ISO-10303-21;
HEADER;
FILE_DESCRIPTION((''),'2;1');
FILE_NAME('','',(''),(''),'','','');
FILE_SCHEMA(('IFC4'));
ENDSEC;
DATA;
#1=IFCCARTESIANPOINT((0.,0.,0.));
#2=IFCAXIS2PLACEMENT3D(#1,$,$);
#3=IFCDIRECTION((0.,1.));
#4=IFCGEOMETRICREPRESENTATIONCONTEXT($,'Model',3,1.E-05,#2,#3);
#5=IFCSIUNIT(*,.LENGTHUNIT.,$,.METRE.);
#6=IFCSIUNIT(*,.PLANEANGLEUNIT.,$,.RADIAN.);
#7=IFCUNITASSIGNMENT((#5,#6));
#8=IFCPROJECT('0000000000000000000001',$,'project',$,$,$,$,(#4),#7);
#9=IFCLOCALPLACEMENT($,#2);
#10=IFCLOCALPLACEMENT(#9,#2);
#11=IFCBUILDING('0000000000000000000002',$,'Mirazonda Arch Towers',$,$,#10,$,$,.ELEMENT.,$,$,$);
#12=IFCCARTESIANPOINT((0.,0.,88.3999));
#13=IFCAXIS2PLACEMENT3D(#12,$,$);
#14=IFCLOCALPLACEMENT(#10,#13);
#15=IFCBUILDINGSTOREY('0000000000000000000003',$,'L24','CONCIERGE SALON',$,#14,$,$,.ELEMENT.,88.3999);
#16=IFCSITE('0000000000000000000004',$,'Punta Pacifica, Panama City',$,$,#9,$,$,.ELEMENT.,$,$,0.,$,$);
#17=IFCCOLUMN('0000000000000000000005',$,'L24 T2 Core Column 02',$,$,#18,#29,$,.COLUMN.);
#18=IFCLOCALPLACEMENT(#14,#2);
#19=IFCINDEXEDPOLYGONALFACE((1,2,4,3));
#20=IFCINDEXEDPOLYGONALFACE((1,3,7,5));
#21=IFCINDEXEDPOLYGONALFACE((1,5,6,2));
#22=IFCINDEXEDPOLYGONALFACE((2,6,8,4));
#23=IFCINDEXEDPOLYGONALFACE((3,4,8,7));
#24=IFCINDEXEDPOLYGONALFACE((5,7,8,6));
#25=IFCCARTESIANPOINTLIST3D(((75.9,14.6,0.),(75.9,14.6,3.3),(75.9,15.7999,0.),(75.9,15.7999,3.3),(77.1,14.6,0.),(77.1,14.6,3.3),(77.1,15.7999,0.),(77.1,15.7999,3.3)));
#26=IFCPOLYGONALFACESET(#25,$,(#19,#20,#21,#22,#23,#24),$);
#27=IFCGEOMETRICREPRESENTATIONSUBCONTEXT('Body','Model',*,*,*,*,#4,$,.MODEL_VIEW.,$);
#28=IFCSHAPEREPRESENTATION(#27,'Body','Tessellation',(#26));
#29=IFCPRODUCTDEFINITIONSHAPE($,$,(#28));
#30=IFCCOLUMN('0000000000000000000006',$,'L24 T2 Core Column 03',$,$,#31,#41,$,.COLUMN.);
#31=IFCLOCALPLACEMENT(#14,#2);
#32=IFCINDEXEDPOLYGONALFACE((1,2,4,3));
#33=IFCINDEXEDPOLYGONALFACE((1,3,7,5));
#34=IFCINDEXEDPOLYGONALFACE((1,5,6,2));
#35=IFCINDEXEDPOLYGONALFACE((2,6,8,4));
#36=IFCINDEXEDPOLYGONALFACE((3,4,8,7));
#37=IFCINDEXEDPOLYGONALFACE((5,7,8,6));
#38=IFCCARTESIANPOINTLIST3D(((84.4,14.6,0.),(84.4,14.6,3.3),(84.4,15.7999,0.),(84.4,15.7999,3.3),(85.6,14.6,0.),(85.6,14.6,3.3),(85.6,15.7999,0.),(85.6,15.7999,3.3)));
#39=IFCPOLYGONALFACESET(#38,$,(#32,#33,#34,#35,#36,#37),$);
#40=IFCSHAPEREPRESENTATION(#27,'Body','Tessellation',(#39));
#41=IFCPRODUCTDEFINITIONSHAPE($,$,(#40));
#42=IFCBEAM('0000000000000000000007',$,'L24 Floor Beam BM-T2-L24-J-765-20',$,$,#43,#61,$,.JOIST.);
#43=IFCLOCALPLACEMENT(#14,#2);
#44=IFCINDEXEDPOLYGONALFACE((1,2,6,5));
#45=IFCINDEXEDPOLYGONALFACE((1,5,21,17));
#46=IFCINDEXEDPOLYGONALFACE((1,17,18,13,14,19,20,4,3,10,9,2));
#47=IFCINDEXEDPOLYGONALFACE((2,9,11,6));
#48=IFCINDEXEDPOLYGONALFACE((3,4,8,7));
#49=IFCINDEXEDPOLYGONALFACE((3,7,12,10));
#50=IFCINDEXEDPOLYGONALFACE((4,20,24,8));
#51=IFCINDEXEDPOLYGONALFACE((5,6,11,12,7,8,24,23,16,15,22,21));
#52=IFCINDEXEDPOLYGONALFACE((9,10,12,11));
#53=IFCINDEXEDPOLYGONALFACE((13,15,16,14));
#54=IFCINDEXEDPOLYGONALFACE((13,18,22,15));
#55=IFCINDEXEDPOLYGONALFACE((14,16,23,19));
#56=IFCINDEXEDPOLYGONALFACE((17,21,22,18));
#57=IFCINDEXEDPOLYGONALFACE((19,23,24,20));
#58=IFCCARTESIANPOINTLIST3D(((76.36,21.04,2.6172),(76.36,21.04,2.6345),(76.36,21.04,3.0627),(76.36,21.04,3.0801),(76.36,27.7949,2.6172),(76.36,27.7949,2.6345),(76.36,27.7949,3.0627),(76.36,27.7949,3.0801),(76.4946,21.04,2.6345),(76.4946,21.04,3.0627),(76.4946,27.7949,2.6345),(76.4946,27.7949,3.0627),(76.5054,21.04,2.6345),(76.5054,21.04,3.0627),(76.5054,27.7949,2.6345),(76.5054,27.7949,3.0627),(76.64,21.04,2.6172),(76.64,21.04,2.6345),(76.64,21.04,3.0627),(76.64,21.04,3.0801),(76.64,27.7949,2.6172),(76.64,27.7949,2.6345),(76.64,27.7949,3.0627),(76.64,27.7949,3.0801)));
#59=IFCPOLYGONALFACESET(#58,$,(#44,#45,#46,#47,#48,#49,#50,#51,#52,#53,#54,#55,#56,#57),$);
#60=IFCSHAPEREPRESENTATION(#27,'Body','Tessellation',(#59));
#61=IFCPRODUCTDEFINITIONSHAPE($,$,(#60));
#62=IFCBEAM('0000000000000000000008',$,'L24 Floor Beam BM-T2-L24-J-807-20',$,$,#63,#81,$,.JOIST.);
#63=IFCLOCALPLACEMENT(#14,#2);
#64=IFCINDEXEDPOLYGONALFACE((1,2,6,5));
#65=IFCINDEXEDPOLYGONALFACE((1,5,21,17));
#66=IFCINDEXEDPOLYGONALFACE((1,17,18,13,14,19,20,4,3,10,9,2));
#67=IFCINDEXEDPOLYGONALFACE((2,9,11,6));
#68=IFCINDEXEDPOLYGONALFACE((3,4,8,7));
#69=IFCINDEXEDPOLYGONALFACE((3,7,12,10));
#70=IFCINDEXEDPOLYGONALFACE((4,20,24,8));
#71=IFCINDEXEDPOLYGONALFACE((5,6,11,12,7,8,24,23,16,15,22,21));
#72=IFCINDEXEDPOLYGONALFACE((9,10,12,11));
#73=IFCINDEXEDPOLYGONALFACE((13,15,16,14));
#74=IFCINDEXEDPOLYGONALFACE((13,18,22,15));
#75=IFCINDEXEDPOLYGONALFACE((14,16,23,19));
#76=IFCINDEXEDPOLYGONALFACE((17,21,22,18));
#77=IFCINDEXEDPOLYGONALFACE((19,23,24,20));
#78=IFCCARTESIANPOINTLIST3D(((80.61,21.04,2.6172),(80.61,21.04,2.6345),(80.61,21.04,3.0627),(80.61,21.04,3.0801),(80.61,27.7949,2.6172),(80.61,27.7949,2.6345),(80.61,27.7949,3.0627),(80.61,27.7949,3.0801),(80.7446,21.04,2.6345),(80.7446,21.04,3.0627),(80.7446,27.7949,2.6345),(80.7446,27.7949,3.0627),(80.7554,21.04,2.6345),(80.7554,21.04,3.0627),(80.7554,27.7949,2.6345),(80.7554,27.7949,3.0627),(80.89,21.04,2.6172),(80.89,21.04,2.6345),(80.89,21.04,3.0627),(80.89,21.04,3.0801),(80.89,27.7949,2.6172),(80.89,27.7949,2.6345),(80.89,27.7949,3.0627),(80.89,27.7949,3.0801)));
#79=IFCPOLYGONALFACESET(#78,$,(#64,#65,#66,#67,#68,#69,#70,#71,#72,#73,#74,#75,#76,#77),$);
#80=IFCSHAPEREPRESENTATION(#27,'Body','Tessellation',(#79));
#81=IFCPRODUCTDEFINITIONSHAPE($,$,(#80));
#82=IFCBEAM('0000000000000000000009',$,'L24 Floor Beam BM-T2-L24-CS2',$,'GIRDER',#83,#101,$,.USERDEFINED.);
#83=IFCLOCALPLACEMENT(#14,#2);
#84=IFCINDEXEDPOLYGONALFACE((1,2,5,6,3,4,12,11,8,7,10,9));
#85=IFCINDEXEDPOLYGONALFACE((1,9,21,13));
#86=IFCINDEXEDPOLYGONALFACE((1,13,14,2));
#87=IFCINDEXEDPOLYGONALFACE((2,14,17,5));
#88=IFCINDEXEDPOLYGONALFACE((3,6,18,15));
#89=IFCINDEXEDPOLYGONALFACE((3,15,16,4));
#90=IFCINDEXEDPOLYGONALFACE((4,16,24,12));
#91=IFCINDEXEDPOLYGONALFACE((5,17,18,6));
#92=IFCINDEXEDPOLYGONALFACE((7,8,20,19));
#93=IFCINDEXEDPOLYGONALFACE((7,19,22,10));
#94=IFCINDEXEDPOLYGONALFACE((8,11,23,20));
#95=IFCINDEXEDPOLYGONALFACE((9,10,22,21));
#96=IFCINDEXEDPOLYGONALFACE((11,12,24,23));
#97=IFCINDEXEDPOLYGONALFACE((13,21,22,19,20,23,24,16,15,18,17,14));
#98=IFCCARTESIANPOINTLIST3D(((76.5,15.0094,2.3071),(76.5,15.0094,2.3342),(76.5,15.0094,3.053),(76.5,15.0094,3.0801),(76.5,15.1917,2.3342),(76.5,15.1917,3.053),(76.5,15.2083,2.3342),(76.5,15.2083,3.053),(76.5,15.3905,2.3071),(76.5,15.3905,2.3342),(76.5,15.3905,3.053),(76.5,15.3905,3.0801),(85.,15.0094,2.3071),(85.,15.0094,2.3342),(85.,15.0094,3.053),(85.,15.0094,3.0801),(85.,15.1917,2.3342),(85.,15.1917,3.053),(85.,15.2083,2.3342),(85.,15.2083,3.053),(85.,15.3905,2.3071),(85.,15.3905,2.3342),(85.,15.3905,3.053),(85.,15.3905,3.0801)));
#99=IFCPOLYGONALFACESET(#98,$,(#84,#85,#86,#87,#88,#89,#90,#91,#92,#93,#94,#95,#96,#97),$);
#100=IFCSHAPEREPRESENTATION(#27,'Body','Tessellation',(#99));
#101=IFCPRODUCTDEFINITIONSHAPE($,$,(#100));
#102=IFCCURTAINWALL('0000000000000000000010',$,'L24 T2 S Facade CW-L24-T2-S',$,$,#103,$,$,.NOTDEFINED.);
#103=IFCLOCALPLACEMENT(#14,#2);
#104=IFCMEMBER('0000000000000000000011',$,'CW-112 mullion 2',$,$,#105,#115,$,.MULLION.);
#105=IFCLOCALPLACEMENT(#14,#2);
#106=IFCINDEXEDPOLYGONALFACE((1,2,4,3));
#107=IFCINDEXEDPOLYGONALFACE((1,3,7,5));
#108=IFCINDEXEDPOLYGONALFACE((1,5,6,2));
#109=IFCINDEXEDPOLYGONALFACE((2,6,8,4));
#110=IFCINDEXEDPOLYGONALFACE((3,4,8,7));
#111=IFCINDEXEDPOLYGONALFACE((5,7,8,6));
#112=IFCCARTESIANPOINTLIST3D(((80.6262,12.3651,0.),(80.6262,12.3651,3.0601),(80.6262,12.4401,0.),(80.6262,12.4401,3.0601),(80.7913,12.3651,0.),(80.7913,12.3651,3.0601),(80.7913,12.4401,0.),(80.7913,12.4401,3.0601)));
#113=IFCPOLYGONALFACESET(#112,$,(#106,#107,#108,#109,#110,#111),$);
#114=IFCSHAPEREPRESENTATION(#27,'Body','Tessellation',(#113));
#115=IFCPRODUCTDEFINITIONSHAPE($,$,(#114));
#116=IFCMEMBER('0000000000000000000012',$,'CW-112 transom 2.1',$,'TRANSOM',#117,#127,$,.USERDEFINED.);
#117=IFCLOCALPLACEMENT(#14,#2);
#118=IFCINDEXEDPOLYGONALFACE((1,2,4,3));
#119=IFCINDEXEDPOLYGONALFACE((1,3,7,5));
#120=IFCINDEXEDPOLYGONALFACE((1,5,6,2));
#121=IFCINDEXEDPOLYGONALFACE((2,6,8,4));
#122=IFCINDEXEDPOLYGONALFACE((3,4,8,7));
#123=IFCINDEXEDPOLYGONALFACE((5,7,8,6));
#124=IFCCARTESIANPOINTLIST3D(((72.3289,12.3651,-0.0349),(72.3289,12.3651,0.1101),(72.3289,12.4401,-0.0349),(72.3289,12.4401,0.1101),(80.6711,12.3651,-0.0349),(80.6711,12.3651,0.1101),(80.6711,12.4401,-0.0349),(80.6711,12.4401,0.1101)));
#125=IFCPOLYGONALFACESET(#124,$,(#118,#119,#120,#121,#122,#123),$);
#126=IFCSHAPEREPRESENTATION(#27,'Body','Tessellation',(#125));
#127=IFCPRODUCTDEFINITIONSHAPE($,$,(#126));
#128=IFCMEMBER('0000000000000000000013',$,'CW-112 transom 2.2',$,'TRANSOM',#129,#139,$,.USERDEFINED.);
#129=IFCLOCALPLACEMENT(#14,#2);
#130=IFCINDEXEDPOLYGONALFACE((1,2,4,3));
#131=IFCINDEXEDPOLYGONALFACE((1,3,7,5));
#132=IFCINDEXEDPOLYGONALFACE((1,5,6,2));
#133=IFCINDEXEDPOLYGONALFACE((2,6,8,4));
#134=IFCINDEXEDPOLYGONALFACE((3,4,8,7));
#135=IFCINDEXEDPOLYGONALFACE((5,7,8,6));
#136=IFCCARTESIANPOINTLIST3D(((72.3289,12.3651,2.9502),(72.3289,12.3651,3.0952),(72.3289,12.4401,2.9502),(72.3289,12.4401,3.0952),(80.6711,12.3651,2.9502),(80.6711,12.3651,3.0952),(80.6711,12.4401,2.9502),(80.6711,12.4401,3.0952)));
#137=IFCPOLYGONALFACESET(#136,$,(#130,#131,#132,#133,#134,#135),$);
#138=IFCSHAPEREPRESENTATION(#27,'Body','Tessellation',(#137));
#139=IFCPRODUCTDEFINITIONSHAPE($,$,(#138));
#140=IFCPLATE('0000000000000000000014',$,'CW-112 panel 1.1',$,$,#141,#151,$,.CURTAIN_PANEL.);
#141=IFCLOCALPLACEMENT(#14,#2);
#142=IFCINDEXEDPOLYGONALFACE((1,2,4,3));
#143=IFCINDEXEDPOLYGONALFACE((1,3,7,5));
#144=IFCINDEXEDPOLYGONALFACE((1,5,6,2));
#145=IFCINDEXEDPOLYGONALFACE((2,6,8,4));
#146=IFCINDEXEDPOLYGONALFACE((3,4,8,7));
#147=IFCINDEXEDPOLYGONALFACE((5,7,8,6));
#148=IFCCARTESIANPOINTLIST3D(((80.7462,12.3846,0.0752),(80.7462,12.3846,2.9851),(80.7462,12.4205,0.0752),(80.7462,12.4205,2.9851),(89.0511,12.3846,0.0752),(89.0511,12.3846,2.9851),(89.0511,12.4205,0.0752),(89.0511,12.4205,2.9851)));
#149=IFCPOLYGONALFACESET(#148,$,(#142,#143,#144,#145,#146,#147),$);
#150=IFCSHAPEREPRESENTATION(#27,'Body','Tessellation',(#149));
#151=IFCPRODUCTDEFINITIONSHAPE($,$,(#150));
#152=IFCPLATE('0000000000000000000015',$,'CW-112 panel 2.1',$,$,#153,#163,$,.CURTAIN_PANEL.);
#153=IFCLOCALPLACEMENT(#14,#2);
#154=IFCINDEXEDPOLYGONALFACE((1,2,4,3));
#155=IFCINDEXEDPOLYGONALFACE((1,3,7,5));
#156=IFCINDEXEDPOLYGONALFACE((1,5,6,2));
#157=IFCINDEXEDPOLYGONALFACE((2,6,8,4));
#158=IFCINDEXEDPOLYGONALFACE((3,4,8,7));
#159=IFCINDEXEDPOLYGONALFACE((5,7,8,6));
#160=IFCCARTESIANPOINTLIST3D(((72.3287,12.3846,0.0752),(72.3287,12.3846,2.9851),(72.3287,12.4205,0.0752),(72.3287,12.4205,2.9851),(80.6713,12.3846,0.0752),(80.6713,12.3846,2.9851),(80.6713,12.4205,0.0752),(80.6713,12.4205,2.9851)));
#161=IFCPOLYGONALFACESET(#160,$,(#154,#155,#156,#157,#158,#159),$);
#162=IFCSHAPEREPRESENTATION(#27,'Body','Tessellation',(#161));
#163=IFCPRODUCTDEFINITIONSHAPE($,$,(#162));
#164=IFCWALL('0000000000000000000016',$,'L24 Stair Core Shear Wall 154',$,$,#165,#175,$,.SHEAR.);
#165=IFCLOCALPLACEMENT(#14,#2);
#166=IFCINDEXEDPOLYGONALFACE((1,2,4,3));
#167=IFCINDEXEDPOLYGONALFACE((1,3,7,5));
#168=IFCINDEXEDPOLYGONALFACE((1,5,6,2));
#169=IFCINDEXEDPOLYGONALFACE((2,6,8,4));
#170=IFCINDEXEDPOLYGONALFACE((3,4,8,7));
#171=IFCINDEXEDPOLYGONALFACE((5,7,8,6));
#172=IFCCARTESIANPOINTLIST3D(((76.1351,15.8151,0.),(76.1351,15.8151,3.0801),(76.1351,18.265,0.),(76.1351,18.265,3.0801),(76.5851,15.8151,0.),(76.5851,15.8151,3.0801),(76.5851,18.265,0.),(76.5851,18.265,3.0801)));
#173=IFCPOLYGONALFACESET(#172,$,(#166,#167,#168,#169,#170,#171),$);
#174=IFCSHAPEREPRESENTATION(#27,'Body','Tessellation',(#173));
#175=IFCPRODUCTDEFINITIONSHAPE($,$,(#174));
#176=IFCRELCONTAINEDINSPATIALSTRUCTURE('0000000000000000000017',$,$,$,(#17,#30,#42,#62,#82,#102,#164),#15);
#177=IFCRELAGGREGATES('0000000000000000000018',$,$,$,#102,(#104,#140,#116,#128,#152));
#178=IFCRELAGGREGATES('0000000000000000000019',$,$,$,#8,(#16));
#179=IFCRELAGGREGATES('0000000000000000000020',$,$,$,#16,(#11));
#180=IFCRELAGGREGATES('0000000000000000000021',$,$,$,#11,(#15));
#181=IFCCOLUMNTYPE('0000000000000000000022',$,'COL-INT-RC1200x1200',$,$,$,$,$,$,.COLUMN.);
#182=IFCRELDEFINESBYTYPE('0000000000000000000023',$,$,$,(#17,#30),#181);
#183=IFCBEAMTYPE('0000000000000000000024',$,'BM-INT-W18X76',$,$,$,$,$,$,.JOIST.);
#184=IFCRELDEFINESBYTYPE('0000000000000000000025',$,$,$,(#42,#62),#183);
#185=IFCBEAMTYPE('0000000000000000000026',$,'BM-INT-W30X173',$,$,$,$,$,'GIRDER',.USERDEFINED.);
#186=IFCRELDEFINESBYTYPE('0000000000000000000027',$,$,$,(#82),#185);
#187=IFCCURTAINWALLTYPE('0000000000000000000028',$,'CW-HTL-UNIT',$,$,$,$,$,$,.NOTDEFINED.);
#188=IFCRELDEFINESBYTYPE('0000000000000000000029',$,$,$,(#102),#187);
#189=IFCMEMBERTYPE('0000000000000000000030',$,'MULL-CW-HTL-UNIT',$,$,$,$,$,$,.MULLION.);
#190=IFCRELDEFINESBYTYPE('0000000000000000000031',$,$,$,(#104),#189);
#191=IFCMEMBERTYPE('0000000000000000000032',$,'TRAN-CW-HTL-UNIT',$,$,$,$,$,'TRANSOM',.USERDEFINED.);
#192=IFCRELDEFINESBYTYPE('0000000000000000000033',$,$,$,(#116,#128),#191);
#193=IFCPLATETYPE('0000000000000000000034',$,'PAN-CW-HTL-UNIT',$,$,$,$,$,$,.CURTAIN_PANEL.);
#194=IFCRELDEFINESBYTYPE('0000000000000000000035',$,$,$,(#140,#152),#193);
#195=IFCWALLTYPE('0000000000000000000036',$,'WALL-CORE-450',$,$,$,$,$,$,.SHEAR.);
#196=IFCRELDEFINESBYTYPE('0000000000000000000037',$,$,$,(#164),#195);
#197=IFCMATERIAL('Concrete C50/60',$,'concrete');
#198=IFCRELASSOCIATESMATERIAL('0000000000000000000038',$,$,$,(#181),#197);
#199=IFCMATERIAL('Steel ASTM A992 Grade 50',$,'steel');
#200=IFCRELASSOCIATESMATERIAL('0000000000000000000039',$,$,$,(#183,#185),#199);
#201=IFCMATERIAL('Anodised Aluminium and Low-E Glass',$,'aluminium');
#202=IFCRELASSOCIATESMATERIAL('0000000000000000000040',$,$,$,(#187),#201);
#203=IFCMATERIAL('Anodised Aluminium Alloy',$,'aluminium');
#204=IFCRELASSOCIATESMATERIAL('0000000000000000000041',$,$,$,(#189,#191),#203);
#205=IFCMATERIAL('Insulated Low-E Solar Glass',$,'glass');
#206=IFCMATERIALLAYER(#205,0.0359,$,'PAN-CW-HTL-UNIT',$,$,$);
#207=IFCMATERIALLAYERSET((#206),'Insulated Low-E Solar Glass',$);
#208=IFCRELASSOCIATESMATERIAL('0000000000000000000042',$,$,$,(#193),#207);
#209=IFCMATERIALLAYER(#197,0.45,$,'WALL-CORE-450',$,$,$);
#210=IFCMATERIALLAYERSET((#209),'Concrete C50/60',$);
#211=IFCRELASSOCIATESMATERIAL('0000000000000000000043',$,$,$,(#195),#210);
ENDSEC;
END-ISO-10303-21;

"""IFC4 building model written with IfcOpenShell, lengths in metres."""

from ifc_helpers import new_model, si_unit, direction, frame, frame_2d, origin, origin_2d, place, context, subcontext, project, spatial, rectangle, i_section, extrude, material, layer, layer_set, material_profile, profile_set, type_object, element, aggregate, save


model = new_model("IFC4")

# Units and contexts
model_context = context("Model", 3, precision=1e-05, world=origin(), true_north=direction((0.0, 1.0)))
body_context = subcontext(model_context, "Body", "Model", "MODEL_VIEW")
ifc_project = project(units=[si_unit("LENGTHUNIT", "METRE"), si_unit("PLANEANGLEUNIT", "RADIAN")], contexts=[model_context])

# Site, building, storey
site_placement = place(None, origin())
site = spatial("IfcSite", under=ifc_project, at=site_placement, Name="Punta Pacifica, Panama City", CompositionType="ELEMENT", RefElevation=0.0)
building_placement = place(site_placement, origin())
building = spatial("IfcBuilding", under=site, at=building_placement, Name="Mirazonda Arch Towers", CompositionType="ELEMENT")
storey_placement = place(building_placement, frame((0.0, 0.0, 88.3999)))
storey = spatial("IfcBuildingStorey", under=building, at=storey_placement, Name="L24", Description="CONCIERGE SALON", CompositionType="ELEMENT", Elevation=88.3999)

# Columns
ifc_material_1 = material(Name="Concrete C50/60", Category="concrete")
ifc_material_profile_1 = material_profile(ifc_material_1, rectangle(XDim=1.2, YDim=1.2, at=origin_2d()), Name="RC1200x1200")
ifc_profile_set_1 = profile_set([ifc_material_profile_1], Name="Concrete C50/60")
column_type = type_object("IfcColumnType", Name="COL-INT-RC1200x1200", PredefinedType="COLUMN", material=ifc_profile_set_1)
for number, where, z_axis, x_axis, name in (
    (1, (76.5, 15.2, 0.0), (0.0, 0.0, 1.0), (1.0, 0.0, 0.0), "L24 T2 Core Column 02"),
    (2, (85.0, 15.2, 0.0), (0.0, 0.0, 1.0), (1.0, 0.0, 0.0), "L24 T2 Core Column 03"),
):
    element("IfcColumn", number, at=place(storey_placement, frame(where, z_axis=z_axis, x_axis=x_axis)), inside=storey, type_object=column_type, Name=name, PredefinedType="COLUMN", context=body_context, shape_type="SweptSolid", body=[
        extrude(rectangle(XDim=1.2, YDim=1.2, at=origin_2d()), origin(), (0.0, 0.0, 1.0), 3.3),
    ])

# Beams
ifc_material_2 = material(Name="Steel ASTM A992 Grade 50", Category="steel")
ifc_material_profile_2 = material_profile(ifc_material_2, i_section(OverallWidth=0.28, OverallDepth=0.4629, WebThickness=0.0107, FlangeThickness=0.0173, at=origin_2d()), Name="W18X76")
ifc_profile_set_2 = profile_set([ifc_material_profile_2], Name="Steel ASTM A992 Grade 50")
beam_type_1 = type_object("IfcBeamType", Name="BM-INT-W18X76", PredefinedType="JOIST", material=ifc_profile_set_2)
for number, where, z_axis, x_axis, name in (
    (3, (76.5, 21.04, 2.8486), (0.0, 1.0, 0.0), (-1.0, 0.0, 0.0), "L24 Floor Beam BM-T2-L24-J-765-20"),
    (4, (80.75, 21.04, 2.8486), (0.0, 1.0, 0.0), (-1.0, 0.0, 0.0), "L24 Floor Beam BM-T2-L24-J-807-20"),
):
    element("IfcBeam", number, at=place(storey_placement, frame(where, z_axis=z_axis, x_axis=x_axis)), inside=storey, type_object=beam_type_1, Name=name, PredefinedType="JOIST", context=body_context, shape_type="SweptSolid", body=[
        extrude(i_section(OverallWidth=0.28, OverallDepth=0.4629, WebThickness=0.0107, FlangeThickness=0.0173, at=origin_2d()), origin(), (0.0, 0.0, 1.0), 6.7549),
    ])
ifc_material_profile_3 = material_profile(ifc_material_2, i_section(OverallWidth=0.3811, OverallDepth=0.7729, WebThickness=0.0166, FlangeThickness=0.0271, at=origin_2d()), Name="W30X173")
ifc_profile_set_3 = profile_set([ifc_material_profile_3], Name="Steel ASTM A992 Grade 50")
beam_type_2 = type_object("IfcBeamType", Name="BM-INT-W30X173", ElementType="GIRDER", PredefinedType="USERDEFINED", material=ifc_profile_set_3)
beam_placement = place(storey_placement, frame((76.5, 15.2, 2.6936), z_axis=(1.0, 0.0, 0.0), x_axis=(0.0, 1.0, 0.0)))
element("IfcBeam", 5, at=beam_placement, inside=storey, type_object=beam_type_2, Name="L24 Floor Beam BM-T2-L24-CS2", ObjectType="GIRDER", PredefinedType="USERDEFINED", context=body_context, shape_type="SweptSolid", body=[
    extrude(i_section(OverallWidth=0.3811, OverallDepth=0.7729, WebThickness=0.0166, FlangeThickness=0.0271, at=origin_2d()), origin(), (0.0, 0.0, 1.0), 8.5),
])

# Curtain wall, members, plates
ifc_material_3 = material(Name="Anodised Aluminium and Low-E Glass", Category="aluminium")
curtain_wall_type = type_object("IfcCurtainWallType", Name="CW-HTL-UNIT", PredefinedType="NOTDEFINED", material=ifc_material_3)
curtain_wall_placement = place(storey_placement, origin())
curtain_wall = element("IfcCurtainWall", 6, at=curtain_wall_placement, inside=storey, type_object=curtain_wall_type, Name="L24 T2 S Facade CW-L24-T2-S", PredefinedType="NOTDEFINED")
ifc_material_4 = material(Name="Anodised Aluminium Alloy", Category="aluminium")
ifc_material_profile_4 = material_profile(ifc_material_4, rectangle(XDim=0.075, YDim=0.165, at=origin_2d()), Name="ALU-MULL-75x165")
ifc_profile_set_4 = profile_set([ifc_material_profile_4], Name="Anodised Aluminium Alloy")
member_type_1 = type_object("IfcMemberType", Name="MULL-CW-HTL-UNIT", PredefinedType="MULLION", material=ifc_profile_set_4)
member_1_placement = place(storey_placement, frame((80.7087, 12.4026, 0.0), z_axis=(0.0, 0.0, 1.0), x_axis=(0.0, -1.0, 0.0)))
member_1 = element("IfcMember", 7, at=member_1_placement, type_object=member_type_1, Name="CW-112 mullion 2", PredefinedType="MULLION", context=body_context, shape_type="SweptSolid", body=[
    extrude(rectangle(XDim=0.075, YDim=0.165, at=origin_2d()), origin(), (0.0, 0.0, 1.0), 3.0601),
])
ifc_material_profile_5 = material_profile(ifc_material_4, rectangle(XDim=0.075, YDim=0.145, at=origin_2d()), Name="ALU-TRAN-75x145")
ifc_profile_set_5 = profile_set([ifc_material_profile_5], Name="Anodised Aluminium Alloy")
member_type_2 = type_object("IfcMemberType", Name="TRAN-CW-HTL-UNIT", ElementType="TRANSOM", PredefinedType="USERDEFINED", material=ifc_profile_set_5)
member_2_placement = place(storey_placement, frame((80.6711, 12.4026, 0.0376), z_axis=(-1.0, 0.0, 0.0), x_axis=(0.0, -1.0, 0.0)))
member_2 = element("IfcMember", 8, at=member_2_placement, type_object=member_type_2, Name="CW-112 transom 2.1", ObjectType="TRANSOM", PredefinedType="USERDEFINED", context=body_context, shape_type="SweptSolid", body=[
    extrude(rectangle(XDim=0.075, YDim=0.145, at=origin_2d()), origin(), (0.0, 0.0, 1.0), 8.3423),
])
member_3_placement = place(storey_placement, frame((80.6711, 12.4026, 3.0227), z_axis=(-1.0, 0.0, 0.0), x_axis=(0.0, -1.0, 0.0)))
member_3 = element("IfcMember", 9, at=member_3_placement, type_object=member_type_2, Name="CW-112 transom 2.2", ObjectType="TRANSOM", PredefinedType="USERDEFINED", context=body_context, shape_type="SweptSolid", body=[
    extrude(rectangle(XDim=0.075, YDim=0.145, at=origin_2d()), origin(), (0.0, 0.0, 1.0), 8.3423),
])
ifc_material_5 = material(Name="Insulated Low-E Solar Glass", Category="glass")
ifc_layer_1 = layer(ifc_material_5, 0.0359, Name="PAN-CW-HTL-UNIT")
ifc_layer_set_1 = layer_set([ifc_layer_1], Name="Insulated Low-E Solar Glass")
plate_type = type_object("IfcPlateType", Name="PAN-CW-HTL-UNIT", PredefinedType="CURTAIN_PANEL", material=ifc_layer_set_1)
plate_1_placement = place(storey_placement, frame((84.8987, 12.4026, 0.0752), z_axis=(0.0, 0.0, 1.0), x_axis=(-1.0, 0.0, 0.0)))
plate_1 = element("IfcPlate", 10, at=plate_1_placement, type_object=plate_type, Name="CW-112 panel 1.1", PredefinedType="CURTAIN_PANEL", context=body_context, shape_type="SweptSolid", body=[
    extrude(rectangle(XDim=8.3049, YDim=0.0359, at=origin_2d()), origin(), (0.0, 0.0, 1.0), 2.9099),
])
plate_2_placement = place(storey_placement, frame((76.5, 12.4026, 0.0752), z_axis=(0.0, 0.0, 1.0), x_axis=(-1.0, 0.0, 0.0)))
plate_2 = element("IfcPlate", 11, at=plate_2_placement, type_object=plate_type, Name="CW-112 panel 2.1", PredefinedType="CURTAIN_PANEL", context=body_context, shape_type="SweptSolid", body=[
    extrude(rectangle(XDim=8.3425, YDim=0.0359, at=origin_2d()), origin(), (0.0, 0.0, 1.0), 2.9099),
])
aggregate(curtain_wall, [member_1, plate_1, member_2, member_3, plate_2])

# Wall
ifc_layer_2 = layer(ifc_material_1, 0.45, Name="WALL-CORE-450")
ifc_layer_set_2 = layer_set([ifc_layer_2], Name="Concrete C50/60")
wall_type_1 = type_object("IfcWallType", Name="WALL-CORE-450", PredefinedType="SHEAR", material=ifc_layer_set_2)
wall_1_placement = place(storey_placement, frame((76.3601, 15.8149, 0.0), z_axis=(0.0, 0.0, 1.0), x_axis=(0.0, 1.0, 0.0)))
element("IfcWall", 12, at=wall_1_placement, inside=storey, type_object=wall_type_1, Name="L24 Stair Core Shear Wall 154", PredefinedType="SHEAR", context=body_context, shape_type="SweptSolid", body=[
    extrude(rectangle(XDim=2.45, YDim=0.45, at=frame_2d((1.2251, 0.0))), origin(), (0.0, 0.0, 1.0), 3.0801),
])

save(model, "model.ifc")
